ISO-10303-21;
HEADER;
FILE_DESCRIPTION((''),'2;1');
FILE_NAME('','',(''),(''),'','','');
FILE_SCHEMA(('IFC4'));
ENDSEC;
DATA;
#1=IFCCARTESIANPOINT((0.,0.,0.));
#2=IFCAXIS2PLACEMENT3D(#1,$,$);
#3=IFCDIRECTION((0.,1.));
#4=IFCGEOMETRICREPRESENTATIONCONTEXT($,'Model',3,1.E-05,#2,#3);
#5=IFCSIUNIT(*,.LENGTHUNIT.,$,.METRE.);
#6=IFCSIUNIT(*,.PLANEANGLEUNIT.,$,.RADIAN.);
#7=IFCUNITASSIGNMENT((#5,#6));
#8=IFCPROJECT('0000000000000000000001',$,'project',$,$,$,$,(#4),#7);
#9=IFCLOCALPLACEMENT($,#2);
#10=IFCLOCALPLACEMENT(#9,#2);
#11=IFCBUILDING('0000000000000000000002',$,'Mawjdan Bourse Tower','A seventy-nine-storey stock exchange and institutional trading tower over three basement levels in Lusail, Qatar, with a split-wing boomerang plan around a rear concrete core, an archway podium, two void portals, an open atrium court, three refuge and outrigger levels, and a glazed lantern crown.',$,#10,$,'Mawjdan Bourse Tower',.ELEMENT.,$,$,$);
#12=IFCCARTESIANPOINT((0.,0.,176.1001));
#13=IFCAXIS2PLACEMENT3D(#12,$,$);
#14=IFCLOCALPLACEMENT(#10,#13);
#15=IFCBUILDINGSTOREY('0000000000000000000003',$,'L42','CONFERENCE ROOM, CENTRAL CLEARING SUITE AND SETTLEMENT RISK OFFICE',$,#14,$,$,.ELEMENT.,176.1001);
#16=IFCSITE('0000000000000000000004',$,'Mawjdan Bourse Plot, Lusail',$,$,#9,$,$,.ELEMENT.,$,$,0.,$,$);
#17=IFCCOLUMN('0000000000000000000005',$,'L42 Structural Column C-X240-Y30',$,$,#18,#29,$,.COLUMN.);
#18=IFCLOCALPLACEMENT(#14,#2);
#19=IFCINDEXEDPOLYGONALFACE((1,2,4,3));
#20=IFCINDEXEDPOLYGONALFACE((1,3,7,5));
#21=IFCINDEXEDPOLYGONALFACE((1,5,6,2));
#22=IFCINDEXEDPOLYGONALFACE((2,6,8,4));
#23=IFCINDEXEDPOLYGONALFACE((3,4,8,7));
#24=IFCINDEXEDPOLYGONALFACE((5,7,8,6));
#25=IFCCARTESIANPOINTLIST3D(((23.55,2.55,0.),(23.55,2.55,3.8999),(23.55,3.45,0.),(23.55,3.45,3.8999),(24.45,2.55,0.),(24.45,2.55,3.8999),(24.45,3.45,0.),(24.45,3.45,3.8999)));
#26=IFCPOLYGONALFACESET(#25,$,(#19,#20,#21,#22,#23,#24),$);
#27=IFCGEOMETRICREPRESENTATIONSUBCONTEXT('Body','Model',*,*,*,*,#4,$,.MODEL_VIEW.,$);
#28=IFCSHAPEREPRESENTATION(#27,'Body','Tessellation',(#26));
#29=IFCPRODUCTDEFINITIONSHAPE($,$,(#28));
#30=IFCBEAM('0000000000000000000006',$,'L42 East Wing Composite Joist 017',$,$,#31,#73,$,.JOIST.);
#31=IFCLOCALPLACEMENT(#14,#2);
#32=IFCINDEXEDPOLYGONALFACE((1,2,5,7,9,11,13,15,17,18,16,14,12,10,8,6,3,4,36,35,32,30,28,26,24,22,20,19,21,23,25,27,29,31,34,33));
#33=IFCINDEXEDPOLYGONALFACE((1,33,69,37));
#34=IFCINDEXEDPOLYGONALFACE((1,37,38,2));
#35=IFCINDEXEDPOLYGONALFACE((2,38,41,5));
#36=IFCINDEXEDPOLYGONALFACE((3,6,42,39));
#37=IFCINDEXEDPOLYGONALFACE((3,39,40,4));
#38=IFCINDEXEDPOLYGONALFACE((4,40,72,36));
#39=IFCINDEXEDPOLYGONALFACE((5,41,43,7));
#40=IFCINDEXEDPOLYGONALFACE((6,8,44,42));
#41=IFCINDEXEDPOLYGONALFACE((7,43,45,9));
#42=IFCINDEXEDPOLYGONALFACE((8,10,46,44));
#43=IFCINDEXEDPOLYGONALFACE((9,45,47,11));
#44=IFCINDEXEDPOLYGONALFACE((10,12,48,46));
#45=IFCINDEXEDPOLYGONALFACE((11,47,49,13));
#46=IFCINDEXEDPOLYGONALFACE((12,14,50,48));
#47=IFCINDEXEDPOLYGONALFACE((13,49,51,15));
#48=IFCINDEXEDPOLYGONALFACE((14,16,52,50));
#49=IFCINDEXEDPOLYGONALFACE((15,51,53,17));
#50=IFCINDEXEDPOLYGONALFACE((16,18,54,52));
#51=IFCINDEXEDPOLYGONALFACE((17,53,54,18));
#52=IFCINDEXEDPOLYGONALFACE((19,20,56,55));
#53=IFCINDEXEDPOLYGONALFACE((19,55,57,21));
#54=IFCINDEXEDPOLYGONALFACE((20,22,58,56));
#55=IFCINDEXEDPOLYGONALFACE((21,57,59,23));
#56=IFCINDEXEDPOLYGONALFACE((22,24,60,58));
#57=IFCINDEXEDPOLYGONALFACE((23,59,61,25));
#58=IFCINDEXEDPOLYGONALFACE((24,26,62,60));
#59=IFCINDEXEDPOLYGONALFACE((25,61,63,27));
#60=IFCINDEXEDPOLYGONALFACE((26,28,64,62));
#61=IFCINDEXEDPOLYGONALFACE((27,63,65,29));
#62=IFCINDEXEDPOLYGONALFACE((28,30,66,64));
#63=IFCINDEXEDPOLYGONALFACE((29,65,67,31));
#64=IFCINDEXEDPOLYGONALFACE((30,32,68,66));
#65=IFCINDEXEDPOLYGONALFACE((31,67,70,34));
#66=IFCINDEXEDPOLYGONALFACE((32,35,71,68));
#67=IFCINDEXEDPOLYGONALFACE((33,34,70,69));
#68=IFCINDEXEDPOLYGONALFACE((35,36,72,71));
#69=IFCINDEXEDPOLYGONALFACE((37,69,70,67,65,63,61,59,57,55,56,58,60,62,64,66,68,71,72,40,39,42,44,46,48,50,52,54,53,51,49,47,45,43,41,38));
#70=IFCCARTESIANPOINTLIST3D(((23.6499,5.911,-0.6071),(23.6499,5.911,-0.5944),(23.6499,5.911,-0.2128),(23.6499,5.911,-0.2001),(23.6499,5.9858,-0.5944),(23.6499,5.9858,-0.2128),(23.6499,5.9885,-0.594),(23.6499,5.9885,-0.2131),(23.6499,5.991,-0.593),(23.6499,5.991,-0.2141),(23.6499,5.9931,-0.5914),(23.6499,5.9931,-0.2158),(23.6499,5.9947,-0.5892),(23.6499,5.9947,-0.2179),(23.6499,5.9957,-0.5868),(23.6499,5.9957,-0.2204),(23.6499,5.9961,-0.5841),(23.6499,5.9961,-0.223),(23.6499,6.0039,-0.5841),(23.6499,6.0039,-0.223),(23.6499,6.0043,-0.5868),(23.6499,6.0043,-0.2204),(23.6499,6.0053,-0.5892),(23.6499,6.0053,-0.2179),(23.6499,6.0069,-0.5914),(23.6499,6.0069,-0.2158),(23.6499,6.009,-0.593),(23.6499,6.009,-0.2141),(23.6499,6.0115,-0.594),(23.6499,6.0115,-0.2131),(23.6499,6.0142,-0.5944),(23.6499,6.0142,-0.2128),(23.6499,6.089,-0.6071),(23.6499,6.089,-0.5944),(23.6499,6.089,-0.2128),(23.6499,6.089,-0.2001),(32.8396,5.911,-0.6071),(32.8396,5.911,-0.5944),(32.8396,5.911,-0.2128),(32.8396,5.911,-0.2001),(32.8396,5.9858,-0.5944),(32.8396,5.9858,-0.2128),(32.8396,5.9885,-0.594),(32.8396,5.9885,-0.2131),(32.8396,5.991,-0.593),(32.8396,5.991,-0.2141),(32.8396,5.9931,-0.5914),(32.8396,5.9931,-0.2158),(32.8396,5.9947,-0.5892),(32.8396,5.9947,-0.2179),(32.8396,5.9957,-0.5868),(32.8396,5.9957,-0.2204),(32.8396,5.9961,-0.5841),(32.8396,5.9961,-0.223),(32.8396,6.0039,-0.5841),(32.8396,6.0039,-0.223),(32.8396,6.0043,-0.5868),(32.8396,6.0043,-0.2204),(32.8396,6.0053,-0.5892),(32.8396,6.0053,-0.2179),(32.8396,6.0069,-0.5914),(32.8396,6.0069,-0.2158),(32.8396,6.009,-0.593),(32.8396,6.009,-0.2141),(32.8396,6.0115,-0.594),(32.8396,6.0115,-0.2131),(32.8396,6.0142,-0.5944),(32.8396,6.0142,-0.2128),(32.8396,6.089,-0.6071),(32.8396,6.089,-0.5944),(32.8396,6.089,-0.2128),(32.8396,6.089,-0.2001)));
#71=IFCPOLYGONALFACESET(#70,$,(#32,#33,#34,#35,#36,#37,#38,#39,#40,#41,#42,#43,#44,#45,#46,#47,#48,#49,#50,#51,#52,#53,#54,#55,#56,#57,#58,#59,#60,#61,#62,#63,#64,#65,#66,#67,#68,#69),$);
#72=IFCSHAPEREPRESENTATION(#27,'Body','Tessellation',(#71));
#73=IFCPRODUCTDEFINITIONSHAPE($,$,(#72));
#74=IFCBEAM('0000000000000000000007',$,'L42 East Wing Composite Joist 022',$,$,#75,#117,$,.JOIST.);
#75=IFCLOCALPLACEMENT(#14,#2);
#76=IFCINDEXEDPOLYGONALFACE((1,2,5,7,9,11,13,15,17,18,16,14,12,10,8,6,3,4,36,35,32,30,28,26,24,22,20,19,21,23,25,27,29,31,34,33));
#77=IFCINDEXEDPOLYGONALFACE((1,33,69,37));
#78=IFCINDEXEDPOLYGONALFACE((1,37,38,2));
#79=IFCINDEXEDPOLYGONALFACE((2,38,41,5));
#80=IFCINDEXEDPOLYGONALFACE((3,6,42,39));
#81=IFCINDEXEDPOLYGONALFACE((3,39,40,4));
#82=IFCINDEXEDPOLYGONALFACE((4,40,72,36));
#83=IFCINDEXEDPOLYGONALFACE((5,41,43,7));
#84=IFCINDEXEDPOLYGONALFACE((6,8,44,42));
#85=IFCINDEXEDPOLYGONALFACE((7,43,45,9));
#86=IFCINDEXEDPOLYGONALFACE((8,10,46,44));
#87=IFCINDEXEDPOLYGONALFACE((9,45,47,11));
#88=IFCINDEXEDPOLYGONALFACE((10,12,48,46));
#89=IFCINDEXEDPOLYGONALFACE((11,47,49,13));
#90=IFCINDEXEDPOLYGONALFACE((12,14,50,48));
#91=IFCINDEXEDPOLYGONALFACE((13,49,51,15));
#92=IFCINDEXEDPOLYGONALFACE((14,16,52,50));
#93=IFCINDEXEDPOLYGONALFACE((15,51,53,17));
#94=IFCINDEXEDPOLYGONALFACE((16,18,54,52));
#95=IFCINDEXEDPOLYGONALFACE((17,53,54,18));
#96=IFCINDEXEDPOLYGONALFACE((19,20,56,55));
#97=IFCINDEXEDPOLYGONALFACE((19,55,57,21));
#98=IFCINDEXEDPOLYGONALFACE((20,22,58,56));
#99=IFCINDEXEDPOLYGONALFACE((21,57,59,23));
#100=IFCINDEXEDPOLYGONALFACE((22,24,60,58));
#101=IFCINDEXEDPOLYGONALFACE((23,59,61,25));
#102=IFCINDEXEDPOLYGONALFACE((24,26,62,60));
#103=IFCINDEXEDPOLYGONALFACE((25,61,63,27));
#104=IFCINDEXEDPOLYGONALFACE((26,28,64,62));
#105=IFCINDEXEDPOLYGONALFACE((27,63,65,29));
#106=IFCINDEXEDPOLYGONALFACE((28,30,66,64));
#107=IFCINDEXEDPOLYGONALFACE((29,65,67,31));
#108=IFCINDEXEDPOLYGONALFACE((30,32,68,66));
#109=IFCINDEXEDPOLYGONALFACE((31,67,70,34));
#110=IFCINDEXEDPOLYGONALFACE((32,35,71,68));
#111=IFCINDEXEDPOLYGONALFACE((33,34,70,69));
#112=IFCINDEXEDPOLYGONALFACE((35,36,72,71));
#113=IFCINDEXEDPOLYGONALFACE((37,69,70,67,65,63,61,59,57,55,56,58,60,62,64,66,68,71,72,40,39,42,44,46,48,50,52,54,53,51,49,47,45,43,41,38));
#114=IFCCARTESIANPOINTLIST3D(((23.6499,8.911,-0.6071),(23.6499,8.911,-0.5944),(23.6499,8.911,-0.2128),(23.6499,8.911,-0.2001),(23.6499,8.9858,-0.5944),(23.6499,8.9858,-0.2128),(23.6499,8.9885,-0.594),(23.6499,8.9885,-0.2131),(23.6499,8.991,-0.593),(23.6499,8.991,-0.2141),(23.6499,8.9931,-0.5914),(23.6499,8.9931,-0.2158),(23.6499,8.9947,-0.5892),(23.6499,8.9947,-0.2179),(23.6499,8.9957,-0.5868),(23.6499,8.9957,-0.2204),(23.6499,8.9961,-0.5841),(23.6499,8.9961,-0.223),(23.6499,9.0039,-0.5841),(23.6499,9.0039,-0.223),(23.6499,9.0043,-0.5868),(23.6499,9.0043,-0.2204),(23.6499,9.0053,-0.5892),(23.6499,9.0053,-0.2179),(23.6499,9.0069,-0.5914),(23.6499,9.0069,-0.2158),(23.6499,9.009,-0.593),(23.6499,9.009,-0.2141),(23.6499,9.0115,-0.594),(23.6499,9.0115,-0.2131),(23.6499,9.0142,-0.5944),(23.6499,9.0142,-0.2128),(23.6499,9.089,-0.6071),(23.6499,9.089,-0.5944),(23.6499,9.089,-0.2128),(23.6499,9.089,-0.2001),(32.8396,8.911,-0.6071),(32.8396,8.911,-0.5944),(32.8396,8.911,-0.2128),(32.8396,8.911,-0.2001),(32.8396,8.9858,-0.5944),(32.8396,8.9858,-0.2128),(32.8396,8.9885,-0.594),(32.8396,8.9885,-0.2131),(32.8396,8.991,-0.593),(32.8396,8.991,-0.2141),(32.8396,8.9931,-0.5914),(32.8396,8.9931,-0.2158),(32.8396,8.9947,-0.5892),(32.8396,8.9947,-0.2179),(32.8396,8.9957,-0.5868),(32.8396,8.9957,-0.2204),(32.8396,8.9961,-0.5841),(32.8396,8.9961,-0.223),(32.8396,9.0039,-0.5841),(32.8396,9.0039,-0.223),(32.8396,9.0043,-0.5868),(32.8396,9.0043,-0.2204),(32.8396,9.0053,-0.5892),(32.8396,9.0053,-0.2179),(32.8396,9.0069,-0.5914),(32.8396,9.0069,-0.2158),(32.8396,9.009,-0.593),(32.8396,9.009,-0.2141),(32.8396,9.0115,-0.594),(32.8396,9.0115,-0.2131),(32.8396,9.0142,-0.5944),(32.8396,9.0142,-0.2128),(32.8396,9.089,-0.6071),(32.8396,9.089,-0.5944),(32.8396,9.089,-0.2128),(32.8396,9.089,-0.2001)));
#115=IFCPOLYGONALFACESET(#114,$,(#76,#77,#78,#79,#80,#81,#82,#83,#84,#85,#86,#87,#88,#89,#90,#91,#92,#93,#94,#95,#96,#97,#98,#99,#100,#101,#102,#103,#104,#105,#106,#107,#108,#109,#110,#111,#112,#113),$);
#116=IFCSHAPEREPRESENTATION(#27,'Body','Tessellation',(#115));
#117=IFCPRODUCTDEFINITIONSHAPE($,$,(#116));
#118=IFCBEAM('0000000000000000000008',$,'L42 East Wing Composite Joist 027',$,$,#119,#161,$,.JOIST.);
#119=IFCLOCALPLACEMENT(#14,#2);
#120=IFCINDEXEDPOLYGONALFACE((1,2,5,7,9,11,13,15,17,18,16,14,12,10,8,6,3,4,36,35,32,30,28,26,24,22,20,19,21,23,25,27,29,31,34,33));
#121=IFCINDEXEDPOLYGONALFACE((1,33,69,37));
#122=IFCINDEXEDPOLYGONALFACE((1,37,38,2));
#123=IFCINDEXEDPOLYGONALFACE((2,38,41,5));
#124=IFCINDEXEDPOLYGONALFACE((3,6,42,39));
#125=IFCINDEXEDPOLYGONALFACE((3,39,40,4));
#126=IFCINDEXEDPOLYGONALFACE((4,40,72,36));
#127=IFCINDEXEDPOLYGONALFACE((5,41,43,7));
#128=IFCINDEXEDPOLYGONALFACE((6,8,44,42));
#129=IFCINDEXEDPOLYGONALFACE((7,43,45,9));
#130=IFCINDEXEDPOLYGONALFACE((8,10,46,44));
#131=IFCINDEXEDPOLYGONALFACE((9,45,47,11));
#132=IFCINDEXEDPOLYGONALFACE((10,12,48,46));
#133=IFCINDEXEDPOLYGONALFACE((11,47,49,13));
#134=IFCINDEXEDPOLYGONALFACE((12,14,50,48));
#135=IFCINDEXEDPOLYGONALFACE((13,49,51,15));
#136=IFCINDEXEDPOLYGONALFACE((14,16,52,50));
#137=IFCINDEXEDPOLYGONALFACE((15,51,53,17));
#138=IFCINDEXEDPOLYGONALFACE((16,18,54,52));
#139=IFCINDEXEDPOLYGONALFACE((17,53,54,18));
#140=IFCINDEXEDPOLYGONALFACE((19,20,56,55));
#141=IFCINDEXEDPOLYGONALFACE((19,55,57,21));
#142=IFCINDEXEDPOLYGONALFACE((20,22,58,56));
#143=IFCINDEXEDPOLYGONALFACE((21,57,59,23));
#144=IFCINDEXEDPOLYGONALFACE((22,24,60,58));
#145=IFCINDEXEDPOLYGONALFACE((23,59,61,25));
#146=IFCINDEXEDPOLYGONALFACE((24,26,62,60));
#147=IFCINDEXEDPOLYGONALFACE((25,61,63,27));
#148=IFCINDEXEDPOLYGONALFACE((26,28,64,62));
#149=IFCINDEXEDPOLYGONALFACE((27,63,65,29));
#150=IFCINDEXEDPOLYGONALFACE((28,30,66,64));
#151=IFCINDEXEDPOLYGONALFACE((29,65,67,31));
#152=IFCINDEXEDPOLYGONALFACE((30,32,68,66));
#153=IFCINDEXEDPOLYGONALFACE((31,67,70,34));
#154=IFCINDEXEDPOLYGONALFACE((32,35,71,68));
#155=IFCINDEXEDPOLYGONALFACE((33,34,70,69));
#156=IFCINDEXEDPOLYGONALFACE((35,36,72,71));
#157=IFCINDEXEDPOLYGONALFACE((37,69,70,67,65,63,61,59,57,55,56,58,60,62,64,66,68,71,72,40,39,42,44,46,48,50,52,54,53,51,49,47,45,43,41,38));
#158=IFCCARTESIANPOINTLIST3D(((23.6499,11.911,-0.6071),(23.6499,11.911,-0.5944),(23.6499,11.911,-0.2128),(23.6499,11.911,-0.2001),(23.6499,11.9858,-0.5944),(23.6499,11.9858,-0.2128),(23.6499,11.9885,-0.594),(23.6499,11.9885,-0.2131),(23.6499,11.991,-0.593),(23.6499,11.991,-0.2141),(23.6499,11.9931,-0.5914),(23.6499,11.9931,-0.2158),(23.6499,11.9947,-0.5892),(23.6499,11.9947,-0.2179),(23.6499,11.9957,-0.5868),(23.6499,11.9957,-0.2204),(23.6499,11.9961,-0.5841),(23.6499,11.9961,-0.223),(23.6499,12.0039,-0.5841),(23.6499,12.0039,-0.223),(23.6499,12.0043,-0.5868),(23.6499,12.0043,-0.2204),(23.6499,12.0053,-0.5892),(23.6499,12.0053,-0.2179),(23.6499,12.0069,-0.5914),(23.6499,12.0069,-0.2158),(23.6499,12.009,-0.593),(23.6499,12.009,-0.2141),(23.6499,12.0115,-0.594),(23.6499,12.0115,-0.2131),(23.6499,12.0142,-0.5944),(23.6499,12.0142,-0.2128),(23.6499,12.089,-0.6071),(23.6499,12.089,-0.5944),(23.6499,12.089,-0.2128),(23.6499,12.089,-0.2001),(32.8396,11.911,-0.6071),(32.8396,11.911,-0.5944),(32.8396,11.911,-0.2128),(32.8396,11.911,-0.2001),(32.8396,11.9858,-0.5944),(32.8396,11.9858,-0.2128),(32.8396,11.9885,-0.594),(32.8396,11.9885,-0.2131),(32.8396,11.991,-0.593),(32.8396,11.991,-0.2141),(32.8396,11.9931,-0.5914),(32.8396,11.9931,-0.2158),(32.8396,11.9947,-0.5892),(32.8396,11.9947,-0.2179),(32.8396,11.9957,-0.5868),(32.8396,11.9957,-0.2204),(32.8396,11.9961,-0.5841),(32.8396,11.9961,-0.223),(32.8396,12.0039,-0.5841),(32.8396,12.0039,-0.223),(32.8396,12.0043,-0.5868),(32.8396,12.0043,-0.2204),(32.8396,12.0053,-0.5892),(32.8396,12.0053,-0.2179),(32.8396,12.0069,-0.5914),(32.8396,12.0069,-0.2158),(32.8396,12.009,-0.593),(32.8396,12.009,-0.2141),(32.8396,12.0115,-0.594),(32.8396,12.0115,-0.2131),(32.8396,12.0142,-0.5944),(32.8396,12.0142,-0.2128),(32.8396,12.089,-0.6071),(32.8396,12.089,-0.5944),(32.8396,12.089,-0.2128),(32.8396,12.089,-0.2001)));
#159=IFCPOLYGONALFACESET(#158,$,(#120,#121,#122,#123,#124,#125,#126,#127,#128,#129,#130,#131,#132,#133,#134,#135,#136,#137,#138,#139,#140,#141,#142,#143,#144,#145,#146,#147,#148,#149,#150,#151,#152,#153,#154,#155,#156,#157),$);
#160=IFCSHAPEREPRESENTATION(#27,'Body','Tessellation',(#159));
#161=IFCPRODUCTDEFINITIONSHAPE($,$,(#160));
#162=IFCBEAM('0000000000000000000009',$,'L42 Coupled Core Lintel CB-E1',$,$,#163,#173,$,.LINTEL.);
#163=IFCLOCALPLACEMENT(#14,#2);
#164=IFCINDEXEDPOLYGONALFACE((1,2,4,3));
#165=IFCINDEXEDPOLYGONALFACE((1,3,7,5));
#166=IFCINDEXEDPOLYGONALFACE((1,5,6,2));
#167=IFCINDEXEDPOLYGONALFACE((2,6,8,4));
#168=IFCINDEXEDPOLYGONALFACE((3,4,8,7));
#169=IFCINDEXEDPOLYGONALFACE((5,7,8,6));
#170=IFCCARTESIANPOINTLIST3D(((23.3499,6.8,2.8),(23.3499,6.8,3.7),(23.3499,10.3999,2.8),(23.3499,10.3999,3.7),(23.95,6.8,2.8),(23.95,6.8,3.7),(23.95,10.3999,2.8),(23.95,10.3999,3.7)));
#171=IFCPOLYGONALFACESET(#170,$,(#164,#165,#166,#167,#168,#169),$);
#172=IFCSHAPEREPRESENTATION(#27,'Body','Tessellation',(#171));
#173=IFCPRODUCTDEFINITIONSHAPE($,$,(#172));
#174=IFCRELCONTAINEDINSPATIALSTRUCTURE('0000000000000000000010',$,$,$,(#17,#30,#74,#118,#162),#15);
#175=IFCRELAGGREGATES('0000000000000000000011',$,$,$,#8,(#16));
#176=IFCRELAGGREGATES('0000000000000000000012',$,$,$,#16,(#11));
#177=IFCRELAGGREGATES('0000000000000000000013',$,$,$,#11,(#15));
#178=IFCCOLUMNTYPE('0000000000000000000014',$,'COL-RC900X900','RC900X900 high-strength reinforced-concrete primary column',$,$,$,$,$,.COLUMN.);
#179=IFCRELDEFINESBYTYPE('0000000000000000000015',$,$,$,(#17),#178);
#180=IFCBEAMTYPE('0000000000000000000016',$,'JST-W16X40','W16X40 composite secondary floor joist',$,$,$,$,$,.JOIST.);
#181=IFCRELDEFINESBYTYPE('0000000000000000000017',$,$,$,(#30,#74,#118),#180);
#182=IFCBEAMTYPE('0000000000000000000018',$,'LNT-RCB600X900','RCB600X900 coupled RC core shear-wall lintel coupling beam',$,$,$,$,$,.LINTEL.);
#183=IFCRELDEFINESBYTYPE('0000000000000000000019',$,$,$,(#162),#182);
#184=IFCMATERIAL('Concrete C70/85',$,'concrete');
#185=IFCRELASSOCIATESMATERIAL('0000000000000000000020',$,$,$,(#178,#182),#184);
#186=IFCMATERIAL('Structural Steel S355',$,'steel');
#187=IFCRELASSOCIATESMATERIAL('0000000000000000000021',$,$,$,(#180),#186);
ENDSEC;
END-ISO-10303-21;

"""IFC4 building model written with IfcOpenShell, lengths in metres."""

from ifc_helpers import new_model, si_unit, direction, frame, origin, origin_2d, place, context, subcontext, project, spatial, rectangle, i_section, extrude, material, material_profile, profile_set, type_object, element, save


model = new_model("IFC4")

# Units and contexts
model_context = context("Model", 3, precision=1e-05, world=origin(), true_north=direction((0.0, 1.0)))
body_context = subcontext(model_context, "Body", "Model", "MODEL_VIEW")
ifc_project = project(units=[si_unit("LENGTHUNIT", "METRE"), si_unit("PLANEANGLEUNIT", "RADIAN")], contexts=[model_context])

# Site, building, storey
site_placement = place(None, origin())
site = spatial("IfcSite", under=ifc_project, at=site_placement, Name="Mawjdan Bourse Plot, Lusail", CompositionType="ELEMENT", RefElevation=0.0)
building_placement = place(site_placement, origin())
building = spatial("IfcBuilding", under=site, at=building_placement, Name="Mawjdan Bourse Tower", Description="A seventy-nine-storey stock exchange and institutional trading tower over three basement levels in Lusail, Qatar, with a split-wing boomerang plan around a rear concrete core, an archway podium, two void portals, an open atrium court, three refuge and outrigger levels, and a glazed lantern crown.", LongName="Mawjdan Bourse Tower", CompositionType="ELEMENT")
storey_placement = place(building_placement, frame((0.0, 0.0, 176.1001)))
storey = spatial("IfcBuildingStorey", under=building, at=storey_placement, Name="L42", Description="CONFERENCE ROOM, CENTRAL CLEARING SUITE AND SETTLEMENT RISK OFFICE", CompositionType="ELEMENT", Elevation=176.1001)

# Column
ifc_material_1 = material(Name="Concrete C70/85", Category="concrete")
ifc_material_profile_1 = material_profile(ifc_material_1, rectangle(XDim=0.8999, YDim=0.8999, at=origin_2d()), Name="RC900X900")
ifc_profile_set_1 = profile_set([ifc_material_profile_1], Name="Concrete C70/85")
column_type = type_object("IfcColumnType", Name="COL-RC900X900", Description="RC900X900 high-strength reinforced-concrete primary column", PredefinedType="COLUMN", material=ifc_profile_set_1)
column_placement = place(storey_placement, frame((24.0, 3.0, 0.0), z_axis=(0.0, 0.0, 1.0), x_axis=(1.0, 0.0, 0.0)))
element("IfcColumn", 1, at=column_placement, inside=storey, type_object=column_type, Name="L42 Structural Column C-X240-Y30", PredefinedType="COLUMN", context=body_context, shape_type="SweptSolid", body=[
    extrude(rectangle(XDim=0.8999, YDim=0.8999, at=origin_2d()), origin(), (0.0, 0.0, 1.0), 3.8999),
])

# Beams
ifc_material_2 = material(Name="Structural Steel S355", Category="steel")
ifc_material_profile_2 = material_profile(ifc_material_2, i_section(OverallWidth=0.178, OverallDepth=0.407, WebThickness=0.0078, FlangeThickness=0.0127, FilletRadius=0.0103, at=origin_2d()), Name="W16X40")
ifc_profile_set_2 = profile_set([ifc_material_profile_2], Name="Structural Steel S355")
beam_type_1 = type_object("IfcBeamType", Name="JST-W16X40", Description="W16X40 composite secondary floor joist", PredefinedType="JOIST", material=ifc_profile_set_2)
for number, where, z_axis, x_axis, name in (
    (2, (23.6499, 6.0, -0.4036), (1.0, 0.0, 0.0), (0.0, 1.0, 0.0), "L42 East Wing Composite Joist 017"),
    (3, (23.6499, 9.0, -0.4036), (1.0, 0.0, 0.0), (0.0, 1.0, 0.0), "L42 East Wing Composite Joist 022"),
    (4, (23.6499, 12.0, -0.4036), (1.0, 0.0, 0.0), (0.0, 1.0, 0.0), "L42 East Wing Composite Joist 027"),
):
    element("IfcBeam", number, at=place(storey_placement, frame(where, z_axis=z_axis, x_axis=x_axis)), inside=storey, type_object=beam_type_1, Name=name, PredefinedType="JOIST", context=body_context, shape_type="SweptSolid", body=[
        extrude(i_section(OverallWidth=0.178, OverallDepth=0.407, WebThickness=0.0078, FlangeThickness=0.0127, FilletRadius=0.0103, at=origin_2d()), origin(), (0.0, 0.0, 1.0), 9.1897),
    ])
ifc_material_profile_3 = material_profile(ifc_material_1, rectangle(XDim=0.6001, YDim=0.8999, at=origin_2d()), Name="RCB600X900")
ifc_profile_set_3 = profile_set([ifc_material_profile_3], Name="Concrete C70/85")
beam_type_2 = type_object("IfcBeamType", Name="LNT-RCB600X900", Description="RCB600X900 coupled RC core shear-wall lintel coupling beam", PredefinedType="LINTEL", material=ifc_profile_set_3)
beam_placement = place(storey_placement, frame((23.6499, 6.8, 3.25), z_axis=(0.0, 1.0, 0.0), x_axis=(-1.0, 0.0, 0.0)))
element("IfcBeam", 5, at=beam_placement, inside=storey, type_object=beam_type_2, Name="L42 Coupled Core Lintel CB-E1", PredefinedType="LINTEL", context=body_context, shape_type="SweptSolid", body=[
    extrude(rectangle(XDim=0.6001, YDim=0.8999, at=origin_2d()), origin(), (0.0, 0.0, 1.0), 3.5999),
])

save(model, "model.ifc")
